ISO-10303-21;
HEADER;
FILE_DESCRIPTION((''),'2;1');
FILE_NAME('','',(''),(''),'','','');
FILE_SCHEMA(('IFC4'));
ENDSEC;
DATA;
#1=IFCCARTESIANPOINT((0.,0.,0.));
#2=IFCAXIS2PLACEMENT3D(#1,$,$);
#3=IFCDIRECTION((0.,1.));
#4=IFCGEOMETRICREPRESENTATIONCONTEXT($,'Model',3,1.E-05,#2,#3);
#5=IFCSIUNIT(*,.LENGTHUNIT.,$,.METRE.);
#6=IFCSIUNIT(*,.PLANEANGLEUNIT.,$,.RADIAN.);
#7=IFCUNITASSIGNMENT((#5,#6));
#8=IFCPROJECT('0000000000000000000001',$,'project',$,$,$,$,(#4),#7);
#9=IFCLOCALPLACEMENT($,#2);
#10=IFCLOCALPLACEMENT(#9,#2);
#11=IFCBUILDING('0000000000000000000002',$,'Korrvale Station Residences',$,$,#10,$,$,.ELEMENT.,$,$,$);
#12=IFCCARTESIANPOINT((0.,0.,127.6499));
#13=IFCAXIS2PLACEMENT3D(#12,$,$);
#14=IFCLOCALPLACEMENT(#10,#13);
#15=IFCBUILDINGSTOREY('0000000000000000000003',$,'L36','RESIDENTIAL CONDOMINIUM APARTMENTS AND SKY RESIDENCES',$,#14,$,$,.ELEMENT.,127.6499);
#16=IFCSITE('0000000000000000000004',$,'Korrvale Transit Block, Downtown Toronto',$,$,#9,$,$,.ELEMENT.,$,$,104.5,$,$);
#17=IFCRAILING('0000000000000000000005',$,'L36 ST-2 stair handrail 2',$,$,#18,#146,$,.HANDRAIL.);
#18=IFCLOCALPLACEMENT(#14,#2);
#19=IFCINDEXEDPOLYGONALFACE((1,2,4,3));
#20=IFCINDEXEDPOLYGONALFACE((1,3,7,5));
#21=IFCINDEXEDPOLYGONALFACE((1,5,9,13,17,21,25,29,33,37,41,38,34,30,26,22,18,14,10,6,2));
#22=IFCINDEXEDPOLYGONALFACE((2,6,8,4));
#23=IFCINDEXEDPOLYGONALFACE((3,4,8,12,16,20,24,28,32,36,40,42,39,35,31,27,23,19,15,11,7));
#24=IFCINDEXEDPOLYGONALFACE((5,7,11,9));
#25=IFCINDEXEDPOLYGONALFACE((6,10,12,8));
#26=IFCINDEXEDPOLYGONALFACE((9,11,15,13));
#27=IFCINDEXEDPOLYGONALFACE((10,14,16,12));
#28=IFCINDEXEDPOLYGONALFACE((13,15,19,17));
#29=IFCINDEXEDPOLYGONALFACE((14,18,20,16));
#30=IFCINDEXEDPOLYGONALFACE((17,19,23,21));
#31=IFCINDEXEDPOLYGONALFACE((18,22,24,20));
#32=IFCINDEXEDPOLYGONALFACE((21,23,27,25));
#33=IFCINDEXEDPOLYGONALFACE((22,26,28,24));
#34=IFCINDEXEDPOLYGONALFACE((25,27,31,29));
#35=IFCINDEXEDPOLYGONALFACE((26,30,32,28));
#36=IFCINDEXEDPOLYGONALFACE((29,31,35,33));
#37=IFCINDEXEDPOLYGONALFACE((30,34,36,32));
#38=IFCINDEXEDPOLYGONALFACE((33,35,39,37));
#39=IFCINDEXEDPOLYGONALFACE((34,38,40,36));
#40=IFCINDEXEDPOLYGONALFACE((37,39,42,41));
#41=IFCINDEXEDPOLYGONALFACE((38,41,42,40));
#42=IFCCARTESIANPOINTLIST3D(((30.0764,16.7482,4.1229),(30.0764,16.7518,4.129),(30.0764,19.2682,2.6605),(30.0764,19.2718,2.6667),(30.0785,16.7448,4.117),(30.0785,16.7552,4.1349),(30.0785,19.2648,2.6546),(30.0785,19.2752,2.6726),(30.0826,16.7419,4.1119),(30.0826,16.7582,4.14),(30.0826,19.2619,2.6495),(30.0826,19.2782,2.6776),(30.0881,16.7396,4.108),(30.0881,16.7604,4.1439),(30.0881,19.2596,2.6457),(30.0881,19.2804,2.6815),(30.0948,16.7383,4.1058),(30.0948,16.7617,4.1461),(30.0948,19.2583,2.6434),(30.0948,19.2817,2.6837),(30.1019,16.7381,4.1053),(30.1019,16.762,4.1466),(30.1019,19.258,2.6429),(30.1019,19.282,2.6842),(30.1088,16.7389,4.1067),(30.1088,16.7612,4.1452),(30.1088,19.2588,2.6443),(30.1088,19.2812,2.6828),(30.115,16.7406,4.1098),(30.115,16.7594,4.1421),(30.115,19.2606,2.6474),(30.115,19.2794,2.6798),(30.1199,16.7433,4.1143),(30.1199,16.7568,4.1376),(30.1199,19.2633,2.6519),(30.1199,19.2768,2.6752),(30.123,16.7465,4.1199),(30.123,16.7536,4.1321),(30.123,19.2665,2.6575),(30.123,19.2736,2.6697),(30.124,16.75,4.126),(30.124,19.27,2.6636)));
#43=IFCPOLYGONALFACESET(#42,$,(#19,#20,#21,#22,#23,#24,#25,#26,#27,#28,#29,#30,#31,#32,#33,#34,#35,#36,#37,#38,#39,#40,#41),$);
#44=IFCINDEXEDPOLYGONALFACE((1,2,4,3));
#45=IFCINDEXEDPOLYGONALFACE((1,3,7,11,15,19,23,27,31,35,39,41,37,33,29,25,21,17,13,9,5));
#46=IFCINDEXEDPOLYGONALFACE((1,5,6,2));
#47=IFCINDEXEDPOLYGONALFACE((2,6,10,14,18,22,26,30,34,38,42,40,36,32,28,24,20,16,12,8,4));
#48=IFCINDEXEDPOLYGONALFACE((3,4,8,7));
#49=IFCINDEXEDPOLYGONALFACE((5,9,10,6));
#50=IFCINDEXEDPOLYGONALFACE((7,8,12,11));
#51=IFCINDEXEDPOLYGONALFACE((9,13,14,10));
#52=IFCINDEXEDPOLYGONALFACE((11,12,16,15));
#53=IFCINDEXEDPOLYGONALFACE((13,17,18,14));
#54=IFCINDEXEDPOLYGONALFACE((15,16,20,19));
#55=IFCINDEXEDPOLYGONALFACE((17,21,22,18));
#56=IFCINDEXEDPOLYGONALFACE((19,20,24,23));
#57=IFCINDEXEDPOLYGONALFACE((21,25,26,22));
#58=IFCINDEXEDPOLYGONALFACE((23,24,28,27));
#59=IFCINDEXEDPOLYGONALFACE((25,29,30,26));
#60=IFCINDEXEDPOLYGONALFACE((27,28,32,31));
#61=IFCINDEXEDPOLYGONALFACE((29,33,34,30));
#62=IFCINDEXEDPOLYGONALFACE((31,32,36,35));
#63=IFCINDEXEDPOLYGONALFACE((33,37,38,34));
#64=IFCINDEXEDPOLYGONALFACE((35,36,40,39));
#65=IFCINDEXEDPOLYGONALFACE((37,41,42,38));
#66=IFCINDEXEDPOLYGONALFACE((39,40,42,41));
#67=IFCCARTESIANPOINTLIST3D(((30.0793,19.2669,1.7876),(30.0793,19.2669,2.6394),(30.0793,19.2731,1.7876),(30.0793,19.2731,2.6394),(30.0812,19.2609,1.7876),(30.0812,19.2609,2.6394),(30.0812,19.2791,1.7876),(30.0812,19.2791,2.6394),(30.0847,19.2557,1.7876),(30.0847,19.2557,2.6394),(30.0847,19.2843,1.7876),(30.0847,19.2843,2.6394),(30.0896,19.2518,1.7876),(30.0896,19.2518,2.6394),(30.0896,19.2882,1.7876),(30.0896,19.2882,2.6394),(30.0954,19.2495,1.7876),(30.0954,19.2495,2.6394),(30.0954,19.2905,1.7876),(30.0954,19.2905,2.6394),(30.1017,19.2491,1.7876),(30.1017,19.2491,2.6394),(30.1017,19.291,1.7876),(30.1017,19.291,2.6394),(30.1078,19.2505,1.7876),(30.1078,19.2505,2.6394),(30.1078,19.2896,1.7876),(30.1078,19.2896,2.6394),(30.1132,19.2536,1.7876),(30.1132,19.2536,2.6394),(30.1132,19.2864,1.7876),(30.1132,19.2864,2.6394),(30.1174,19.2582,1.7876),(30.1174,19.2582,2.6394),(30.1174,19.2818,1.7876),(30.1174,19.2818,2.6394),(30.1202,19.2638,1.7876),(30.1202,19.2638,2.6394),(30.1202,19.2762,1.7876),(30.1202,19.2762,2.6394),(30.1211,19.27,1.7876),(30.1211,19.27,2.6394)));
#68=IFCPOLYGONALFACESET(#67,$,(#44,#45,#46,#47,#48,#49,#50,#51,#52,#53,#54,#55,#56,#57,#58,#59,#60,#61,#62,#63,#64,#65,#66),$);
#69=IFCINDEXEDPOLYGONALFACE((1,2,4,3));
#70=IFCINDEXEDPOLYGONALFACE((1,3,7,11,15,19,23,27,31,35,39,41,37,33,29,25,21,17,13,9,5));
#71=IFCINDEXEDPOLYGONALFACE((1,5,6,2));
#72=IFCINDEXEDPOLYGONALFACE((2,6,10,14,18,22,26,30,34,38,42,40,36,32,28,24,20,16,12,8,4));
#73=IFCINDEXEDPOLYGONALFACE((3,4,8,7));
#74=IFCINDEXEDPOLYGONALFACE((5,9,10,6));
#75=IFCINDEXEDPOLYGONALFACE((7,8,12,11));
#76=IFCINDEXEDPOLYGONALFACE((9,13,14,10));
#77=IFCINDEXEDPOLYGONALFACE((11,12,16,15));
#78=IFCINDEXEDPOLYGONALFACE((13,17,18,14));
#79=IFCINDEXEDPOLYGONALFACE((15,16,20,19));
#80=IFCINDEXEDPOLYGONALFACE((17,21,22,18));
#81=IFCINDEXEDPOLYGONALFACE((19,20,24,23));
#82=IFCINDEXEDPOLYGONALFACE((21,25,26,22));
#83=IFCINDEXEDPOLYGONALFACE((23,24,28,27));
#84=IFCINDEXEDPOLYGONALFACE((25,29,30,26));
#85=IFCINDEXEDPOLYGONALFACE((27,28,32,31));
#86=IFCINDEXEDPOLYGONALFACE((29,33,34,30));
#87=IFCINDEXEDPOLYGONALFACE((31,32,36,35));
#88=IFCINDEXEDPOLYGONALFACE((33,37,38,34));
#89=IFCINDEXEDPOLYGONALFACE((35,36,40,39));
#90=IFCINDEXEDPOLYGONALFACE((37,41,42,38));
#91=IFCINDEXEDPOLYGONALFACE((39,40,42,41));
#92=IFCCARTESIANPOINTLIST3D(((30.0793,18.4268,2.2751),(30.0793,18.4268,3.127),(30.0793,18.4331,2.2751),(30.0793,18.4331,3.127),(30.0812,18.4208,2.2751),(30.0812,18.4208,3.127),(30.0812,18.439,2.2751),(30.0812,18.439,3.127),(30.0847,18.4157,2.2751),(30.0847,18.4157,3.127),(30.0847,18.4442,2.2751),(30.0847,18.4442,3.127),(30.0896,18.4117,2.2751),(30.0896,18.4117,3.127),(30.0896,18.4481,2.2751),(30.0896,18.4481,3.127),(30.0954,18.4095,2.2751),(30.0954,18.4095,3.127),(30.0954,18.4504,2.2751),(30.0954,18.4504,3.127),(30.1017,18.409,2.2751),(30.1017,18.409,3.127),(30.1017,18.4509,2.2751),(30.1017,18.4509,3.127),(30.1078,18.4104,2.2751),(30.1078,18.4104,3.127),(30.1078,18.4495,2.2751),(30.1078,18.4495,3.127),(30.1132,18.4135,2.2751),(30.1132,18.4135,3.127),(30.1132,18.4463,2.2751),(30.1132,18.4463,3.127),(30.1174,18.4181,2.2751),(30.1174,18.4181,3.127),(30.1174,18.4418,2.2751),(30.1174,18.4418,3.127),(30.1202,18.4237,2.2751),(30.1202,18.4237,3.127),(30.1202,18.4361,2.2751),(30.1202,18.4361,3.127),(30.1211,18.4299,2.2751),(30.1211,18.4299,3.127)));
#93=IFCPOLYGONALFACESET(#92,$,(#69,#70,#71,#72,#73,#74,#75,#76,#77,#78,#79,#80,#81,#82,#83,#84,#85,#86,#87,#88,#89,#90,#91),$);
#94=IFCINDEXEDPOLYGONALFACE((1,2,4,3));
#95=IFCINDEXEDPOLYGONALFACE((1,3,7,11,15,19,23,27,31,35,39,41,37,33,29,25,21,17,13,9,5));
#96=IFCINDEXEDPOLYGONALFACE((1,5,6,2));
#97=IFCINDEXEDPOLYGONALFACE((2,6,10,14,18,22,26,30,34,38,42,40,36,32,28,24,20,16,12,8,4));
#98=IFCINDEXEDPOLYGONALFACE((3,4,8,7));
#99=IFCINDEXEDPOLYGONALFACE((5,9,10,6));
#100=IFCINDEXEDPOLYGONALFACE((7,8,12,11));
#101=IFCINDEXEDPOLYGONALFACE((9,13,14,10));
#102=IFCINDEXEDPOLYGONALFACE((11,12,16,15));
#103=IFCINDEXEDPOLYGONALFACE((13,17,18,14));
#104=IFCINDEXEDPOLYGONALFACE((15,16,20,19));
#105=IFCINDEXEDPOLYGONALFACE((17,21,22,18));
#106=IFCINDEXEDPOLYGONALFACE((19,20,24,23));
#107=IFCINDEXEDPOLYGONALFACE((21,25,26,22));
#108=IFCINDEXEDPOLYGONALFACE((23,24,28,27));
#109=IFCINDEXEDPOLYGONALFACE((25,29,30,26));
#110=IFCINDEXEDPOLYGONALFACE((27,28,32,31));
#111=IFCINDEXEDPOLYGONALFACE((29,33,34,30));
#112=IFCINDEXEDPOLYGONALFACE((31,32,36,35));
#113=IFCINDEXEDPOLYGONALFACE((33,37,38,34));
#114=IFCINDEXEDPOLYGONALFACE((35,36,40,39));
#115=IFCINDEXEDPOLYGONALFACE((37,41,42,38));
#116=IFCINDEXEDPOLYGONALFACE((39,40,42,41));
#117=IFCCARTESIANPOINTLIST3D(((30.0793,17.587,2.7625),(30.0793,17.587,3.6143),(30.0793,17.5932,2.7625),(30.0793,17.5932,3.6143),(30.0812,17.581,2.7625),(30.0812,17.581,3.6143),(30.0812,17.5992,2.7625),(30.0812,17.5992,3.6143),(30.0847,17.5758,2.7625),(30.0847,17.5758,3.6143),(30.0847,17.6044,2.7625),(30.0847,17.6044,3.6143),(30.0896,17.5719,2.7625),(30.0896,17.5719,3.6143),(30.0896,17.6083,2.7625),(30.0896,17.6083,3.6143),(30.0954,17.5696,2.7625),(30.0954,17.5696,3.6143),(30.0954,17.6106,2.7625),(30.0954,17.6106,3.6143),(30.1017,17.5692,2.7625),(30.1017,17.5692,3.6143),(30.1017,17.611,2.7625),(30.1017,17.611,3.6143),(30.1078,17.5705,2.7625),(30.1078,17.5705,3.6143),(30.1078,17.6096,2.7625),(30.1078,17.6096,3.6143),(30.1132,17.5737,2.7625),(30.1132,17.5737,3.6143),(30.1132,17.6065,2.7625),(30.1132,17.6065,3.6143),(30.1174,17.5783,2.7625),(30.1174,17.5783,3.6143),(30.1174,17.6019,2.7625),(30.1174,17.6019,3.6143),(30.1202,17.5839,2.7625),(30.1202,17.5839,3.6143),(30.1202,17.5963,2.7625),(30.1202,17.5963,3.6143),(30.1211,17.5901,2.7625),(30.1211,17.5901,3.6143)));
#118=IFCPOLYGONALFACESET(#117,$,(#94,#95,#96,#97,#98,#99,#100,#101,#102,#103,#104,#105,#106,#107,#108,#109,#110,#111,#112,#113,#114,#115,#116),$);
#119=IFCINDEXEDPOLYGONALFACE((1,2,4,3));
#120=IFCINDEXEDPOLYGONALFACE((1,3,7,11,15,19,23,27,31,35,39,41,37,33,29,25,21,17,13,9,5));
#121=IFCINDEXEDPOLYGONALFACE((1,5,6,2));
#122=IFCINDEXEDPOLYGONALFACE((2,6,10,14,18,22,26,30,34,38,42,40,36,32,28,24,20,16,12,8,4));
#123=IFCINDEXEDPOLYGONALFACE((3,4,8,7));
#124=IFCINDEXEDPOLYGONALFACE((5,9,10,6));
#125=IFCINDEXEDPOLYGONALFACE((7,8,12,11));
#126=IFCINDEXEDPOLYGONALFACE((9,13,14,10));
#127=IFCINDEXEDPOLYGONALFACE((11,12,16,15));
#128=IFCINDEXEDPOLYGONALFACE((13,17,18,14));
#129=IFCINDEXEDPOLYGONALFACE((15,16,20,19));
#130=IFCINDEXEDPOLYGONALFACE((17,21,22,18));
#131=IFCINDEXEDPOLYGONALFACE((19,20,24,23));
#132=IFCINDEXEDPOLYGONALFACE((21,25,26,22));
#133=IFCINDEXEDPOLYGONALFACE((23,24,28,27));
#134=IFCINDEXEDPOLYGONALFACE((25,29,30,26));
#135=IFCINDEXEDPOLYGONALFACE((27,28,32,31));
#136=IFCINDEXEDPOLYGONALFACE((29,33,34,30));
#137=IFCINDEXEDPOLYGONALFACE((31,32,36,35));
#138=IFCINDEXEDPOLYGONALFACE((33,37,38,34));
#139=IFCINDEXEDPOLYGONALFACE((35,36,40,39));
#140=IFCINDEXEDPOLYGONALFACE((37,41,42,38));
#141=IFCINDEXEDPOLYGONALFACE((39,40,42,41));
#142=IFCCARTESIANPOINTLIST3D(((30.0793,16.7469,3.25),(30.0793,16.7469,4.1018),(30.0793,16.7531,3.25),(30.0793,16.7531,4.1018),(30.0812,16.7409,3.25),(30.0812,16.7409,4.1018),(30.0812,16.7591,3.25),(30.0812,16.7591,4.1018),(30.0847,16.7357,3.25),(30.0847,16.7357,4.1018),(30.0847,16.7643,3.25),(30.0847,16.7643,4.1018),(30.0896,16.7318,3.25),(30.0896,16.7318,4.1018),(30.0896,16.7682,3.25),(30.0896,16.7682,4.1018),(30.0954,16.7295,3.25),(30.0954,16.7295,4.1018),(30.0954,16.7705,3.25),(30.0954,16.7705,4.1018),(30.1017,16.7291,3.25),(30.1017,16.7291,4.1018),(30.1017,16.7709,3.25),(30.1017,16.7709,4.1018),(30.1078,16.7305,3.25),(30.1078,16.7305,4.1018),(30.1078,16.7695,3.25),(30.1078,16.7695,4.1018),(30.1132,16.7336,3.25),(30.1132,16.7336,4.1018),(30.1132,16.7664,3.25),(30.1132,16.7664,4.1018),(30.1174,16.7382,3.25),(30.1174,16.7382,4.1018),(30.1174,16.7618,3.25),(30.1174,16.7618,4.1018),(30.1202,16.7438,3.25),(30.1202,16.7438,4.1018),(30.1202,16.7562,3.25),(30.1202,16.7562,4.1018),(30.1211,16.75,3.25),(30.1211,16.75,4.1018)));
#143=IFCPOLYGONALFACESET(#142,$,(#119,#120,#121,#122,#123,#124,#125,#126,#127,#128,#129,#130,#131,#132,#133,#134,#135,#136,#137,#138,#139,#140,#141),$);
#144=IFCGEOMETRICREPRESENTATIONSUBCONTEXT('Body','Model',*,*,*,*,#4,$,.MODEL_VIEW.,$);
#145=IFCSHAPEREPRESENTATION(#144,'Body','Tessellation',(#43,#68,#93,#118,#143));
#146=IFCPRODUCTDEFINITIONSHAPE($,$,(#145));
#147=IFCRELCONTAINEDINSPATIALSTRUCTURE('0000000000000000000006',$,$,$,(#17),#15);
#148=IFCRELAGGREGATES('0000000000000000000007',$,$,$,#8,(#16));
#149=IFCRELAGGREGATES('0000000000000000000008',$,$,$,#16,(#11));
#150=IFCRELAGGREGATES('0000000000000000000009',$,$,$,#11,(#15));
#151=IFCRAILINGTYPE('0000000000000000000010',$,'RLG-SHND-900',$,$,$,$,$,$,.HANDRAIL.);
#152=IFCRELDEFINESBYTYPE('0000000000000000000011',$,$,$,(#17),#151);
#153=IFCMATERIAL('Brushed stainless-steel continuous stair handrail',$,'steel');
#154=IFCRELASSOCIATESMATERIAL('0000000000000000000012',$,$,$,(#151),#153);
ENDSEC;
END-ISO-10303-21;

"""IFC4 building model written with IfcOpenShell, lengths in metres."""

from ifc_helpers import new_model, si_unit, direction, frame, origin, origin_2d, place, context, subcontext, project, spatial, circle, extrude, material, type_object, element, save


model = new_model("IFC4")

# Units and contexts
model_context = context("Model", 3, precision=1e-05, world=origin(), true_north=direction((0.0, 1.0)))
body_context = subcontext(model_context, "Body", "Model", "MODEL_VIEW")
ifc_project = project(units=[si_unit("LENGTHUNIT", "METRE"), si_unit("PLANEANGLEUNIT", "RADIAN")], contexts=[model_context])

# Site, building, storey
site_placement = place(None, origin())
site = spatial("IfcSite", under=ifc_project, at=site_placement, Name="Korrvale Transit Block, Downtown Toronto", CompositionType="ELEMENT", RefElevation=104.5)
building_placement = place(site_placement, origin())
building = spatial("IfcBuilding", under=site, at=building_placement, Name="Korrvale Station Residences", CompositionType="ELEMENT")
storey_placement = place(building_placement, frame((0.0, 0.0, 127.6499)))
storey = spatial("IfcBuildingStorey", under=building, at=storey_placement, Name="L36", Description="RESIDENTIAL CONDOMINIUM APARTMENTS AND SKY RESIDENCES", CompositionType="ELEMENT", Elevation=127.6499)

# Railing
ifc_material_1 = material(Name="Brushed stainless-steel continuous stair handrail", Category="steel")
railing_type_1 = type_object("IfcRailingType", Name="RLG-SHND-900", PredefinedType="HANDRAIL", material=ifc_material_1)
railing_1_placement = place(storey_placement, frame((30.1001, 19.27, 1.7876)))
element("IfcRailing", 1, at=railing_1_placement, inside=storey, type_object=railing_type_1, Name="L36 ST-2 stair handrail 2", PredefinedType="HANDRAIL", context=body_context, shape_type="SweptSolid", body=[
    extrude(circle(Radius=0.0239, at=origin_2d()), frame((0.0, 0.0, 0.876), z_axis=(0.0, -0.864913, 0.501921), x_axis=(1.0, 0.0, 0.0)), (0.0, 0.0, 1.0), 2.9136),
    extrude(circle(Radius=0.021, at=origin_2d()), origin(), (0.0, 0.0, 1.0), 0.8518),
    extrude(circle(Radius=0.021, at=origin_2d()), frame((0.0, -0.8401, 0.4875)), (0.0, 0.0, 1.0), 0.8518),
    extrude(circle(Radius=0.021, at=origin_2d()), frame((0.0, -1.6799, 0.9749)), (0.0, 0.0, 1.0), 0.8518),
    extrude(circle(Radius=0.021, at=origin_2d()), frame((0.0, -2.52, 1.4624)), (0.0, 0.0, 1.0), 0.8518),
])

save(model, "model.ifc")
